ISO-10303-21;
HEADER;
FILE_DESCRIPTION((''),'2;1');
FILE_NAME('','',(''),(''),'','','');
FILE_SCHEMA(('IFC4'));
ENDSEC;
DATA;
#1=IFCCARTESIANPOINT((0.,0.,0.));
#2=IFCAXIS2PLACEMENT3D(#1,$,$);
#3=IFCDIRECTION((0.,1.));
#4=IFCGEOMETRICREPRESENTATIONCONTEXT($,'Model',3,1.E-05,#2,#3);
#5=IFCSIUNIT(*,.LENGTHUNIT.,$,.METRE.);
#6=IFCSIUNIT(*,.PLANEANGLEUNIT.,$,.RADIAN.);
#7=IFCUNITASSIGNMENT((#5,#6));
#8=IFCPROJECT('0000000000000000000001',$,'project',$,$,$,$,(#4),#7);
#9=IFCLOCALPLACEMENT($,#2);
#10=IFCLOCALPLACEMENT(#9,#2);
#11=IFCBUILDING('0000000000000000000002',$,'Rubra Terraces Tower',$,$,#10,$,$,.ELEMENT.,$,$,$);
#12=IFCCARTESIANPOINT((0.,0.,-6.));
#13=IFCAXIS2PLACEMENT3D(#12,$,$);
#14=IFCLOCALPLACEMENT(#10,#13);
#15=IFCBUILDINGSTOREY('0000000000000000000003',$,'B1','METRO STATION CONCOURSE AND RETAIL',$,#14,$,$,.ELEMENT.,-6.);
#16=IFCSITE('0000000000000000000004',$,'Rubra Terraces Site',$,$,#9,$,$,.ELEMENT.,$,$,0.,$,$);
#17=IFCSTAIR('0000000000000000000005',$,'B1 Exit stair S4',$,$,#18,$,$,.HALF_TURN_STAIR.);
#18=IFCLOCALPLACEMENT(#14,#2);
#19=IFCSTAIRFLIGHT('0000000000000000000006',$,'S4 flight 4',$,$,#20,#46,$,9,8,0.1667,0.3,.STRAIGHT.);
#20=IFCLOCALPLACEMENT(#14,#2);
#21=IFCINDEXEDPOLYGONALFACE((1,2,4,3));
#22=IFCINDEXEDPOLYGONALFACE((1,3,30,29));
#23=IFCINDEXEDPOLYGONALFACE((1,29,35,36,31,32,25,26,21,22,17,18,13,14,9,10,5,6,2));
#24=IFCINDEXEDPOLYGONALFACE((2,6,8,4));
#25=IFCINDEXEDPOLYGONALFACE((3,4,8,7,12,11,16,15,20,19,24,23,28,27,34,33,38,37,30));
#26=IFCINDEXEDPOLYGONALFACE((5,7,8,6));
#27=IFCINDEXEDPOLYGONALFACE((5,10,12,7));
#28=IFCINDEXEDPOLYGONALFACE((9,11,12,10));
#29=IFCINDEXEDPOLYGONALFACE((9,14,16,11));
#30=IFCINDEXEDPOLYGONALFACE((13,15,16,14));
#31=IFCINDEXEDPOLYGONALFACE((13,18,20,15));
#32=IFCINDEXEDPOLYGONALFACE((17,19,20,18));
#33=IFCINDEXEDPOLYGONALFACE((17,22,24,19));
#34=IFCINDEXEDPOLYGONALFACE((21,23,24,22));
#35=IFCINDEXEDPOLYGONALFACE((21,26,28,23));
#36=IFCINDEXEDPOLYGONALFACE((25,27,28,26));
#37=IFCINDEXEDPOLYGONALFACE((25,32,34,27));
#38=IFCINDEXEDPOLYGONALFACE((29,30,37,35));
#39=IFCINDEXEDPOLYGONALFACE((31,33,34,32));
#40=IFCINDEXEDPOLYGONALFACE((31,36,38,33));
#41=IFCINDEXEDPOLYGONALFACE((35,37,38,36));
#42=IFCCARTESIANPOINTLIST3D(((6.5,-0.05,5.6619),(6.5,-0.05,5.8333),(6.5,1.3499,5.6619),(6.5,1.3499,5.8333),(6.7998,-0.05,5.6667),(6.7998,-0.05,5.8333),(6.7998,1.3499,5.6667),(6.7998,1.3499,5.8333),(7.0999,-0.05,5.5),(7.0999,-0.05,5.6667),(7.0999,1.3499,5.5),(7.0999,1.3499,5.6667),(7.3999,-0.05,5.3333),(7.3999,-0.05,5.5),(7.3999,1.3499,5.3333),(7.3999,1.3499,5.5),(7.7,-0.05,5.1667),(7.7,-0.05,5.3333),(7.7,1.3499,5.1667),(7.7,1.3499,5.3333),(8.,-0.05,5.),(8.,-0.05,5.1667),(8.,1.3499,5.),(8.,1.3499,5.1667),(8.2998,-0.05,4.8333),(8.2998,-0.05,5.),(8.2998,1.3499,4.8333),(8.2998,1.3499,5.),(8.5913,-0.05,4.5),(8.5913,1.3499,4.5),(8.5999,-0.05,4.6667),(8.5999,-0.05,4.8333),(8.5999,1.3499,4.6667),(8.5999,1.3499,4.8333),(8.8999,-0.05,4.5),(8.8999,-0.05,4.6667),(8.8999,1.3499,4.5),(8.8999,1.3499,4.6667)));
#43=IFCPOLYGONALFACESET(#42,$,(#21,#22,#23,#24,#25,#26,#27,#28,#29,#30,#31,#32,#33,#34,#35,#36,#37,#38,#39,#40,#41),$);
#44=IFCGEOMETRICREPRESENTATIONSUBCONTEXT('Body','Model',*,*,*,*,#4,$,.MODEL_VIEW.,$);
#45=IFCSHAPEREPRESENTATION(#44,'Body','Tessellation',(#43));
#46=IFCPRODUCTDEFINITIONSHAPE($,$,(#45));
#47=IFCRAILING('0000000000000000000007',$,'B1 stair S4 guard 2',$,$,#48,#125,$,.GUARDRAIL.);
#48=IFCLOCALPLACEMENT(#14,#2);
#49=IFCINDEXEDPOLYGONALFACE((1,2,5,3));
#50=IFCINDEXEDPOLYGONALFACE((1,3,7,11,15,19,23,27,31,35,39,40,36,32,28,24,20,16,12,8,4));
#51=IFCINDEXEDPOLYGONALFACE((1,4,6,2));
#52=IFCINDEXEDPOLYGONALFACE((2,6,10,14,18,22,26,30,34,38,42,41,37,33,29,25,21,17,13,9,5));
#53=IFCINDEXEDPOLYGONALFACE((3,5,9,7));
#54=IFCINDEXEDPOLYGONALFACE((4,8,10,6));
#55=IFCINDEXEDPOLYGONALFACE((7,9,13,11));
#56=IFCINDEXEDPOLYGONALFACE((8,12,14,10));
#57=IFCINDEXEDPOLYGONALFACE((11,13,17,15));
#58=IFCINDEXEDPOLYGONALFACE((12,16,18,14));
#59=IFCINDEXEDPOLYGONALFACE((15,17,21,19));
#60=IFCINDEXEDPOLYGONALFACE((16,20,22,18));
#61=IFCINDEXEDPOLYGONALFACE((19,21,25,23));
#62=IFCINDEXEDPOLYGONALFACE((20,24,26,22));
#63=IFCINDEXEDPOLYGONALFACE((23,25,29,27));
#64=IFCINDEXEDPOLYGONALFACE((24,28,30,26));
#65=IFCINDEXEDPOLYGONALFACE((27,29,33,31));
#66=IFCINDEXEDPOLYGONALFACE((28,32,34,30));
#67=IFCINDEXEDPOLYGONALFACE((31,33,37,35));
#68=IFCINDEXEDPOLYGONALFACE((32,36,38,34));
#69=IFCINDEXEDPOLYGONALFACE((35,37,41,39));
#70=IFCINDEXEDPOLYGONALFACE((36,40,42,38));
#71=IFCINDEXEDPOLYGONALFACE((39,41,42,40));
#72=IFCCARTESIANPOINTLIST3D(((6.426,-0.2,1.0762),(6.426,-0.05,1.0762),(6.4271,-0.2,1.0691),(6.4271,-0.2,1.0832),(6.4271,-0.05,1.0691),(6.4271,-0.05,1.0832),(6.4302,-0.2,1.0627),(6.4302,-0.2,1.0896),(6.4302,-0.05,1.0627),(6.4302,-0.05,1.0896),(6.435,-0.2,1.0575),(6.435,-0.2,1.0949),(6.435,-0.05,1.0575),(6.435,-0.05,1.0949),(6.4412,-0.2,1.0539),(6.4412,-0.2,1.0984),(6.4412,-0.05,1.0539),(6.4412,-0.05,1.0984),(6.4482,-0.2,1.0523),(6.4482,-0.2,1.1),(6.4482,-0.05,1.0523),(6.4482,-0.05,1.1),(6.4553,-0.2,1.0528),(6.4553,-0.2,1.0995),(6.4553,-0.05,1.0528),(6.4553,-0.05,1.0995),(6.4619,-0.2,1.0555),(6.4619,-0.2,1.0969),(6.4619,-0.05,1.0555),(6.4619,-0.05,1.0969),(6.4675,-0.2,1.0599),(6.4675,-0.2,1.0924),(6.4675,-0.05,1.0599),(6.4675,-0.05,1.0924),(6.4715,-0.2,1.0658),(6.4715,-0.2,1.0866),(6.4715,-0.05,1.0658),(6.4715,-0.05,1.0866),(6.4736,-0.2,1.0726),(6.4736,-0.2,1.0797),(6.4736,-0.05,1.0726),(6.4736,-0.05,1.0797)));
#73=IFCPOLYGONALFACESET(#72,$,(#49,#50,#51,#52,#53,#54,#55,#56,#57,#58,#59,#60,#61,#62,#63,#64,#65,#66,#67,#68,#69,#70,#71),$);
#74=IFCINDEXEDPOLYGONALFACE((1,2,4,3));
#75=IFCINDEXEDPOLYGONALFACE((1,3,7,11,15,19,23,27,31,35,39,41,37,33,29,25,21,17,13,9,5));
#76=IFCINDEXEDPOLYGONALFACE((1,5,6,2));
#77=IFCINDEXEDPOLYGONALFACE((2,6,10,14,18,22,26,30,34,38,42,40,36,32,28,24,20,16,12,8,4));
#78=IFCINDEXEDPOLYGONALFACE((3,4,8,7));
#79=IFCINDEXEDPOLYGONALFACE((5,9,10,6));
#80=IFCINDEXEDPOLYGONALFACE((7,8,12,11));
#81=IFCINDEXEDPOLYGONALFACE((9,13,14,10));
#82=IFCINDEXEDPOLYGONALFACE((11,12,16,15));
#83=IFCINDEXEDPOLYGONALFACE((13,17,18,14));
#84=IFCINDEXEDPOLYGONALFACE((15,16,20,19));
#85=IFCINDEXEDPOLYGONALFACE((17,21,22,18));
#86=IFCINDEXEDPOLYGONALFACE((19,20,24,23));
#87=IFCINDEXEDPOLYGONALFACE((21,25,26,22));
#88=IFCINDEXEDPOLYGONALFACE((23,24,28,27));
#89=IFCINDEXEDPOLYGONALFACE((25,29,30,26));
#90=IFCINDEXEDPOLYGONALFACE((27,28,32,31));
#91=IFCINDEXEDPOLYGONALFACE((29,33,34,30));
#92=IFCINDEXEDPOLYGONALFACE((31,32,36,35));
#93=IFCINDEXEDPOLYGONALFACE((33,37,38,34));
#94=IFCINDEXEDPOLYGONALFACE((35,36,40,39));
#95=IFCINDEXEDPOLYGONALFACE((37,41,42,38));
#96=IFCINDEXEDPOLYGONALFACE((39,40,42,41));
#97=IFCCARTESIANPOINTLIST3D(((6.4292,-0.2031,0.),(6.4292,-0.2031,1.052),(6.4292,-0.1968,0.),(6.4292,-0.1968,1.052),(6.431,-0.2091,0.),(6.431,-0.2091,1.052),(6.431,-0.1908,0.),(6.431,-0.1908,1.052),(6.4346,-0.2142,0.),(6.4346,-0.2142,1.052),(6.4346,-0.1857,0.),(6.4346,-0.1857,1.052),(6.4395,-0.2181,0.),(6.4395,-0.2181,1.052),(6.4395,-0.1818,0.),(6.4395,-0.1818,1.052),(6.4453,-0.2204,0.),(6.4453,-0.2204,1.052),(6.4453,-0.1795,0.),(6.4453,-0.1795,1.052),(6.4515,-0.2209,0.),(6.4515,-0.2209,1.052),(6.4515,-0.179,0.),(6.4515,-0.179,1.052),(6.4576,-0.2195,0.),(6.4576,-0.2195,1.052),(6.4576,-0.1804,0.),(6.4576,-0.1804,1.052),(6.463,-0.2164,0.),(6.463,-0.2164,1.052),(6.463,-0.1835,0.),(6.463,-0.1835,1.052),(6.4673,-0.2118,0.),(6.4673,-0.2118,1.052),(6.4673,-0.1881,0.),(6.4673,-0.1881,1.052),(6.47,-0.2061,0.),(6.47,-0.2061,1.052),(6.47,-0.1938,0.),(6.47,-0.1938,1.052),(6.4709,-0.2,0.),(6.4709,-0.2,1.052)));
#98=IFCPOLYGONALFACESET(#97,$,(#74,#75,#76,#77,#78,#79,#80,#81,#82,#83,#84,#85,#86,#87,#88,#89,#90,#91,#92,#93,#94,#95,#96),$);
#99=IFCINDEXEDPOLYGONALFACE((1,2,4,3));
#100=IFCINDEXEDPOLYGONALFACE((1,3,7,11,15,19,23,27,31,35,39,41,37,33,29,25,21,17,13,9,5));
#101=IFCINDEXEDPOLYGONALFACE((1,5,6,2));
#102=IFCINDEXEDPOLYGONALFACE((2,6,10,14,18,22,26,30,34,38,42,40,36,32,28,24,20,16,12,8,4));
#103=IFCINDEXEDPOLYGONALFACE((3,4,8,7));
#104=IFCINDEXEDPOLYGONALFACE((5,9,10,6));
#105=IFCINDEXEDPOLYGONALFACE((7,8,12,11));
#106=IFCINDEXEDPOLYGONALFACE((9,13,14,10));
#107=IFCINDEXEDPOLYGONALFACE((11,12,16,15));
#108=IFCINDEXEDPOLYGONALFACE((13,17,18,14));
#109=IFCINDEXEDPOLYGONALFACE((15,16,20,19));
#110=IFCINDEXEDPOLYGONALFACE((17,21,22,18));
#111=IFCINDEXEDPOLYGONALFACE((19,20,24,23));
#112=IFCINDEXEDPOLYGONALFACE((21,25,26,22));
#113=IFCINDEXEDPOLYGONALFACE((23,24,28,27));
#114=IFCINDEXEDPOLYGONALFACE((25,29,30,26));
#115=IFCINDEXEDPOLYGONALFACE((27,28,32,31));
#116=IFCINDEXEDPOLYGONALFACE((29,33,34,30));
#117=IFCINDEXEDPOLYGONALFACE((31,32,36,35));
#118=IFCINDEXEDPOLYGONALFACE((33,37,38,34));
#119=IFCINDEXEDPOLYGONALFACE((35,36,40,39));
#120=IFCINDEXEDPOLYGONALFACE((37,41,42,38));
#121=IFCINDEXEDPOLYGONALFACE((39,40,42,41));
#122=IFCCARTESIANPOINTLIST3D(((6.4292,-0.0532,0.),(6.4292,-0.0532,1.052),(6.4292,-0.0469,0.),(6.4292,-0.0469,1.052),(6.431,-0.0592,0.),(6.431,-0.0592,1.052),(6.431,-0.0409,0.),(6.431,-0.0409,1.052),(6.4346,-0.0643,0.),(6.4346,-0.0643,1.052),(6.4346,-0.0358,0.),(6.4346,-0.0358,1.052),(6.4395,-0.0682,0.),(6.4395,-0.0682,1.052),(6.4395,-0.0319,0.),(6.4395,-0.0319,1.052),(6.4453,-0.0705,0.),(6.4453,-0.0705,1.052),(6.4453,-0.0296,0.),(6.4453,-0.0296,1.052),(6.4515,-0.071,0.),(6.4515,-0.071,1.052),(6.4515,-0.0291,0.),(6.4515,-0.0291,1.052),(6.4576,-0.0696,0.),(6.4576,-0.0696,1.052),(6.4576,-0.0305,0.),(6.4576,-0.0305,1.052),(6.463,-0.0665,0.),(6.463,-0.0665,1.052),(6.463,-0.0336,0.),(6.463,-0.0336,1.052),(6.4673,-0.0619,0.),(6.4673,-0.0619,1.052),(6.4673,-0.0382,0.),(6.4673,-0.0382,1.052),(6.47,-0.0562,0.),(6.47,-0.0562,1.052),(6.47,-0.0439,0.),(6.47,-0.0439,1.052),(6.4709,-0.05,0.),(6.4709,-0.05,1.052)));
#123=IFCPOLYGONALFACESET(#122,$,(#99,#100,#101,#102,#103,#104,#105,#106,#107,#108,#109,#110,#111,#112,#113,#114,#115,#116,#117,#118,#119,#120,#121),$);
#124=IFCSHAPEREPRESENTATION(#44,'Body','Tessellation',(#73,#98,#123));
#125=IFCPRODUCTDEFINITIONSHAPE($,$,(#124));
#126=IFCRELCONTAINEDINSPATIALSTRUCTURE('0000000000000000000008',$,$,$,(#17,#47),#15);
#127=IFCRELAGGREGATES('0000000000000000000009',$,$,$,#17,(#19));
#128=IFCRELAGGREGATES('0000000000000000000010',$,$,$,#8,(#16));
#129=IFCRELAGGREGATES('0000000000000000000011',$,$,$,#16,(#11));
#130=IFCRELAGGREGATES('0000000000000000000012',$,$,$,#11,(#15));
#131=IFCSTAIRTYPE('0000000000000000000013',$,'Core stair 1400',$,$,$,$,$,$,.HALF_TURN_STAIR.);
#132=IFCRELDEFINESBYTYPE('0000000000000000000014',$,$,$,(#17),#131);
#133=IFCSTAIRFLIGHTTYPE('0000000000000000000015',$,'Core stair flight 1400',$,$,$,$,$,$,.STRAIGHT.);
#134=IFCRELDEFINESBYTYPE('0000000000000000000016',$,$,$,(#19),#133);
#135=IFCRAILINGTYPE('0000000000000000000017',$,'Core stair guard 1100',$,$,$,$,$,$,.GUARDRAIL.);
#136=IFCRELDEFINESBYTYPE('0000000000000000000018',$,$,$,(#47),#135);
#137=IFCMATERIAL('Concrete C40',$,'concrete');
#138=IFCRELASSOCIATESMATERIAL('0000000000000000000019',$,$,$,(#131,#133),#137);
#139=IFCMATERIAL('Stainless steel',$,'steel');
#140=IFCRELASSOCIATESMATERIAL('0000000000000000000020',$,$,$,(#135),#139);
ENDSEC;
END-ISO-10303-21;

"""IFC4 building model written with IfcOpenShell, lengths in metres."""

from ifc_helpers import new_model, si_unit, direction, frame, origin, origin_2d, place, context, subcontext, project, spatial, polyline, circle, outline, extrude, material, type_object, element, aggregate, save


model = new_model("IFC4")

# Units and contexts
model_context = context("Model", 3, precision=1e-05, world=origin(), true_north=direction((0.0, 1.0)))
body_context = subcontext(model_context, "Body", "Model", "MODEL_VIEW")
ifc_project = project(units=[si_unit("LENGTHUNIT", "METRE"), si_unit("PLANEANGLEUNIT", "RADIAN")], contexts=[model_context])

# Site, building, storey
site_placement = place(None, origin())
site = spatial("IfcSite", under=ifc_project, at=site_placement, Name="Rubra Terraces Site", CompositionType="ELEMENT", RefElevation=0.0)
building_placement = place(site_placement, origin())
building = spatial("IfcBuilding", under=site, at=building_placement, Name="Rubra Terraces Tower", CompositionType="ELEMENT")
storey_placement = place(building_placement, frame((0.0, 0.0, -6.0)))
storey = spatial("IfcBuildingStorey", under=building, at=storey_placement, Name="B1", Description="METRO STATION CONCOURSE AND RETAIL", CompositionType="ELEMENT", Elevation=-6.0)

# Shared definitions
ifc_material_1 = material(Name="Concrete C40", Category="concrete")

# Stair, stair flight
stair_type_1 = type_object("IfcStairType", Name="Core stair 1400", PredefinedType="HALF_TURN_STAIR", material=ifc_material_1)
stair_1_placement = place(storey_placement, origin())
stair_1 = element("IfcStair", 1, at=stair_1_placement, inside=storey, type_object=stair_type_1, Name="B1 Exit stair S4", PredefinedType="HALF_TURN_STAIR")
stair_flight_type = type_object("IfcStairFlightType", Name="Core stair flight 1400", PredefinedType="STRAIGHT", material=ifc_material_1)
stair_flight_1_placement = place(storey_placement, frame((8.8999, 0.6499, 4.5), z_axis=(0.0, 0.0, 1.0), x_axis=(-1.0, 0.0, 0.0)))
stair_flight_1 = element("IfcStairFlight", 2, at=stair_flight_1_placement, type_object=stair_flight_type, Name="S4 flight 4", NumberOfRisers=9, NumberOfTreads=8, PredefinedType="STRAIGHT", RiserHeight=0.1667, TreadLength=0.3, context=body_context, shape_type="SweptSolid", body=[
    extrude(outline(polyline([(0.0, 0.0), (0.0, 0.1667), (0.3, 0.1667), (0.3, 0.3333), (0.6001, 0.3333), (0.6001, 0.5), (0.8999, 0.5), (0.8999, 0.6667), (1.2, 0.6667), (1.2, 0.8333), (1.5, 0.8333), (1.5, 1.0), (1.8, 1.0), (1.8, 1.1667), (2.1001, 1.1667), (2.1001, 1.3333), (2.3999, 1.3333), (2.3999, 1.5), (2.3999, 1.1619), (0.3086, 0.0), (0.0, 0.0)])), frame((0.0, 0.7, 0.0), z_axis=(0.0, -1.0, 0.0), x_axis=(1.0, 0.0, 0.0)), (0.0, 0.0, 1.0), 1.3999),
])
aggregate(stair_1, [stair_flight_1])

# Railing
ifc_material_2 = material(Name="Stainless steel", Category="steel")
railing_type_1 = type_object("IfcRailingType", Name="Core stair guard 1100", PredefinedType="GUARDRAIL", material=ifc_material_2)
railing_1_placement = place(storey_placement, frame((6.45, -0.2, 0.0)))
element("IfcRailing", 3, at=railing_1_placement, inside=storey, type_object=railing_type_1, Name="B1 stair S4 guard 2", PredefinedType="GUARDRAIL", context=body_context, shape_type="SweptSolid", body=[
    extrude(circle(Radius=0.0239, at=origin_2d()), frame((0.0, 0.0, 1.0762), z_axis=(0.0, 1.0, 0.0), x_axis=(-1.0, 0.0, 0.0)), (0.0, 0.0, 1.0), 0.1499),
    extrude(circle(Radius=0.021, at=origin_2d()), origin(), (0.0, 0.0, 1.0), 1.052),
    extrude(circle(Radius=0.021, at=origin_2d()), frame((0.0, 0.1499, 0.0)), (0.0, 0.0, 1.0), 1.052),
])

save(model, "model.ifc")
